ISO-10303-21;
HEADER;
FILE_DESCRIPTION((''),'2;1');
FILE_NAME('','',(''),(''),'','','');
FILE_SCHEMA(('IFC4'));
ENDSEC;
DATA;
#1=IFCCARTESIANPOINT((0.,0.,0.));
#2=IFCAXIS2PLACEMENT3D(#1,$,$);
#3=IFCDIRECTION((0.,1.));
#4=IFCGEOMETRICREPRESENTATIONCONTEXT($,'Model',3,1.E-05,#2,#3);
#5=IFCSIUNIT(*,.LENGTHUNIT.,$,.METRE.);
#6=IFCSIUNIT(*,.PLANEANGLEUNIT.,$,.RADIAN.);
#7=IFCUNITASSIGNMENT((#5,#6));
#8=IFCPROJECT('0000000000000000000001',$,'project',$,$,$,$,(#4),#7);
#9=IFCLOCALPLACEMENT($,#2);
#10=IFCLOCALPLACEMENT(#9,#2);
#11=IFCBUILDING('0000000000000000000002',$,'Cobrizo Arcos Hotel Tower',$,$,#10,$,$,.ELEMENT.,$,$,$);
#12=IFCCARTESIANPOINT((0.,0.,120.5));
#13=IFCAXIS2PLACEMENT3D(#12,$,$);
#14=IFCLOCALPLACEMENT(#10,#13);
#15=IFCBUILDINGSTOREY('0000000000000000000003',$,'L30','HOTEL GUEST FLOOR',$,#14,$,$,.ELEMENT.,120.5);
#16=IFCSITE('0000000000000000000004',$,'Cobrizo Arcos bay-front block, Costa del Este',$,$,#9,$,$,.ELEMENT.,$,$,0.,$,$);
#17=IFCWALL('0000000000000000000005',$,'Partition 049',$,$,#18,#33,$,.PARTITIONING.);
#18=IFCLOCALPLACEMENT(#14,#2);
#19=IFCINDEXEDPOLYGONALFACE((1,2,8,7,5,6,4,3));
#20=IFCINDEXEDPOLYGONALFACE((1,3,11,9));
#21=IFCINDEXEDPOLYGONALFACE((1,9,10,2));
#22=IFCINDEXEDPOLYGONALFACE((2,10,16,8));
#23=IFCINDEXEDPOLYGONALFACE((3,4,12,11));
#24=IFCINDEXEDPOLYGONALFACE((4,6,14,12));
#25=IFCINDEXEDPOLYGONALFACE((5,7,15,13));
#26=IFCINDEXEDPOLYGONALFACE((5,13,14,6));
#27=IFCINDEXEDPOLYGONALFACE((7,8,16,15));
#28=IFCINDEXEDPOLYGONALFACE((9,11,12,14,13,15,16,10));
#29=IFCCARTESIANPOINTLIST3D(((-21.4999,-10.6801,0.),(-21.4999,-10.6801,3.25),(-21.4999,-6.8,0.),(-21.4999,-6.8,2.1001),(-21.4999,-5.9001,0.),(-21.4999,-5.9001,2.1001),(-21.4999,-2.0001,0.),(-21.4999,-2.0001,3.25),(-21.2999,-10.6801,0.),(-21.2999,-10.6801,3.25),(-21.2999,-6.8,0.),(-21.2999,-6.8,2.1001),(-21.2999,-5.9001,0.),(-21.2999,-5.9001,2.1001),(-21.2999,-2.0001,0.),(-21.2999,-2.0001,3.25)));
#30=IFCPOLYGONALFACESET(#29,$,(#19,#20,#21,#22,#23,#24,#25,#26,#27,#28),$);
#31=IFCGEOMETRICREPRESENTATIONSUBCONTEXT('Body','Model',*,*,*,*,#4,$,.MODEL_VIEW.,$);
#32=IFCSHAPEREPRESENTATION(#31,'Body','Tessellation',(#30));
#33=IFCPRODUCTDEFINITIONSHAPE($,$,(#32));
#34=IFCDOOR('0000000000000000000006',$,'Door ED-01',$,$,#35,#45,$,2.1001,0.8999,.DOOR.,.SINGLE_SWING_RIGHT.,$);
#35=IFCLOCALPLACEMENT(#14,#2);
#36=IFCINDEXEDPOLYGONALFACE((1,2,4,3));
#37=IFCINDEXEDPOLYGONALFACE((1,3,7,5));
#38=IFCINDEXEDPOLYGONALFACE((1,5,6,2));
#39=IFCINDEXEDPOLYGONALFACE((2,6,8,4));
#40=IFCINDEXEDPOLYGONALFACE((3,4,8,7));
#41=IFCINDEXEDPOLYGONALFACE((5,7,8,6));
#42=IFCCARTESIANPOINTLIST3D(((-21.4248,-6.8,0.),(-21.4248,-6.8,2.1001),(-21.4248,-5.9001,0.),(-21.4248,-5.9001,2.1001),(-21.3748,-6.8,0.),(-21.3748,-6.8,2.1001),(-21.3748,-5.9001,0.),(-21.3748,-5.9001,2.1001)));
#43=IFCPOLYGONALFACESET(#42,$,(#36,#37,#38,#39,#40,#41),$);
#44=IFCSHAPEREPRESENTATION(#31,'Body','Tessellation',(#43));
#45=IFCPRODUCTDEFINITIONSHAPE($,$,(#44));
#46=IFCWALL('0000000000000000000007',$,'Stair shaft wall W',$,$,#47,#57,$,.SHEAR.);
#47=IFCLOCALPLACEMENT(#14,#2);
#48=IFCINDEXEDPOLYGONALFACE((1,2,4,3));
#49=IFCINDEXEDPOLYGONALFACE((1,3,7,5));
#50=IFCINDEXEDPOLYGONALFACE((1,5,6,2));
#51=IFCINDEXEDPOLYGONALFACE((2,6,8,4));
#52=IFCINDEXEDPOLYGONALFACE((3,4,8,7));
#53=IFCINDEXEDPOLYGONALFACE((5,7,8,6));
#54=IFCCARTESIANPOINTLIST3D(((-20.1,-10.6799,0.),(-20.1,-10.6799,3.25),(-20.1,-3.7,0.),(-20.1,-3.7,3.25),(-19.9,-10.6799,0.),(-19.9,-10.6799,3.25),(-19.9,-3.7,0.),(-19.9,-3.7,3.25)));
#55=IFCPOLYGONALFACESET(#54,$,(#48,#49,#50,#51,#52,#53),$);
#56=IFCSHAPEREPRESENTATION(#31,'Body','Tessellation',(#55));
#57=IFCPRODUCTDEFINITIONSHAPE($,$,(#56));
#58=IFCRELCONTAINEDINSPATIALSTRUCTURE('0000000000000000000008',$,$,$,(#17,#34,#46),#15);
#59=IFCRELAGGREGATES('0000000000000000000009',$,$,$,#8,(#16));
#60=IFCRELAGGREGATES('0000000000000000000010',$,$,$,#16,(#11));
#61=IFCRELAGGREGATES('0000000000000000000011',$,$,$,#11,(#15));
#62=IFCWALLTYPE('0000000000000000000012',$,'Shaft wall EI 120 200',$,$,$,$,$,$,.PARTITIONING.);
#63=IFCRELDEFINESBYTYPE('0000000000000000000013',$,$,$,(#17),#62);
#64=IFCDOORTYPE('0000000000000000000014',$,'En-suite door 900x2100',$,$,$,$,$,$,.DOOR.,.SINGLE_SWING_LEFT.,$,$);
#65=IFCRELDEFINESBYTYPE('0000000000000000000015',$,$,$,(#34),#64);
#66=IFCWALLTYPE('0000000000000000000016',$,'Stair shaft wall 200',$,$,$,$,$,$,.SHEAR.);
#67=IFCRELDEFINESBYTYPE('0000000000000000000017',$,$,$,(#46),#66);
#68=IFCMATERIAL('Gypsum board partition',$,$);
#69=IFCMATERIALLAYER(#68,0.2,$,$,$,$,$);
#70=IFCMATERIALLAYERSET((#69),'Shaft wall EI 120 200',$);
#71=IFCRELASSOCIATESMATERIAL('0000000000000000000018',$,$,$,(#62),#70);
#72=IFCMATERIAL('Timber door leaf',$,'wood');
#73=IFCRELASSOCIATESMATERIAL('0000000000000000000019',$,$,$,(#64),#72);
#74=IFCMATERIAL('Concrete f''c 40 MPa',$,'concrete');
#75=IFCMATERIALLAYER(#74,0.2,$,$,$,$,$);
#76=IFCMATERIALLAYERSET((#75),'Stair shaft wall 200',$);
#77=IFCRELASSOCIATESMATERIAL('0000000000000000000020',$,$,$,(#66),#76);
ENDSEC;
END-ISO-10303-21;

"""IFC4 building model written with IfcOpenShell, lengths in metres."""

from ifc_helpers import new_model, si_unit, direction, frame, frame_2d, origin, place, context, subcontext, project, spatial, rectangle, extrude, material, layer, layer_set, type_object, element, fill, save


model = new_model("IFC4")

# Units and contexts
model_context = context("Model", 3, precision=1e-05, world=origin(), true_north=direction((0.0, 1.0)))
body_context = subcontext(model_context, "Body", "Model", "MODEL_VIEW")
ifc_project = project(units=[si_unit("LENGTHUNIT", "METRE"), si_unit("PLANEANGLEUNIT", "RADIAN")], contexts=[model_context])

# Site, building, storey
site_placement = place(None, origin())
site = spatial("IfcSite", under=ifc_project, at=site_placement, Name="Cobrizo Arcos bay-front block, Costa del Este", CompositionType="ELEMENT", RefElevation=0.0)
building_placement = place(site_placement, origin())
building = spatial("IfcBuilding", under=site, at=building_placement, Name="Cobrizo Arcos Hotel Tower", CompositionType="ELEMENT")
storey_placement = place(building_placement, frame((0.0, 0.0, 120.5)))
storey = spatial("IfcBuildingStorey", under=building, at=storey_placement, Name="L30", Description="HOTEL GUEST FLOOR", CompositionType="ELEMENT", Elevation=120.5)

# Shared definitions
ifc_material_1 = material(Name="Gypsum board partition")

# Wall, opening, door
ifc_layer_1 = layer(ifc_material_1, 0.2)
ifc_layer_set_1 = layer_set([ifc_layer_1], Name="Shaft wall EI 120 200")
wall_type_1 = type_object("IfcWallType", Name="Shaft wall EI 120 200", PredefinedType="PARTITIONING", material=ifc_layer_set_1)
wall_1_placement = place(storey_placement, frame((-21.3999, -10.6799, 0.0), z_axis=(0.0, 0.0, 1.0), x_axis=(0.0, 1.0, 0.0)))
wall_1 = element("IfcWall", 1, at=wall_1_placement, inside=storey, type_object=wall_type_1, Name="Partition 049", PredefinedType="PARTITIONING", context=body_context, shape_type="SweptSolid", body=[
    extrude(rectangle(XDim=8.6799, YDim=0.2, at=frame_2d((4.3398, 0.0))), origin(), (0.0, 0.0, 1.0), 3.25),
])
opening_1_placement = place(wall_1_placement, frame((3.8799, 0.0, 0.0)))
opening_1 = element("IfcOpeningElement", 2, at=opening_1_placement, cuts=wall_1, PredefinedType="OPENING", context=body_context, shape_type="SweptSolid", body=[
    extrude(rectangle(XDim=0.8999, YDim=2.1001, at=frame_2d((0.45, 1.05))), frame((0.0, 0.1121, 0.0), z_axis=(0.0, -1.0, 0.0), x_axis=(1.0, 0.0, 0.0)), (0.0, 0.0, 1.0), 0.2239),
])
ifc_material_2 = material(Name="Timber door leaf", Category="wood")
door_type_1 = type_object("IfcDoorType", Name="En-suite door 900x2100", OperationType="SINGLE_SWING_LEFT", PredefinedType="DOOR", material=ifc_material_2)
door_1_placement = place(opening_1_placement, origin())
door_1 = element("IfcDoor", 3, at=door_1_placement, inside=storey, type_object=door_type_1, Name="Door ED-01", OperationType="SINGLE_SWING_RIGHT", OverallHeight=2.1001, OverallWidth=0.8999, PredefinedType="DOOR", context=body_context, shape_type="SweptSolid", body=[
    extrude(rectangle(XDim=0.8999, YDim=2.1001, at=frame_2d((0.45, 1.05))), frame((0.0, 0.0249, 0.0), z_axis=(0.0, -1.0, 0.0), x_axis=(1.0, 0.0, 0.0)), (0.0, 0.0, 1.0), 0.05),
])
fill(opening_1, door_1)

# Wall
ifc_material_3 = material(Name="Concrete f'c 40 MPa", Category="concrete")
ifc_layer_2 = layer(ifc_material_3, 0.2)
ifc_layer_set_2 = layer_set([ifc_layer_2], Name="Stair shaft wall 200")
wall_type_2 = type_object("IfcWallType", Name="Stair shaft wall 200", PredefinedType="SHEAR", material=ifc_layer_set_2)
wall_2_placement = place(storey_placement, frame((-20.0, -10.6799, 0.0), z_axis=(0.0, 0.0, 1.0), x_axis=(0.0, 1.0, 0.0)))
element("IfcWall", 4, at=wall_2_placement, inside=storey, type_object=wall_type_2, Name="Stair shaft wall W", PredefinedType="SHEAR", context=body_context, shape_type="SweptSolid", body=[
    extrude(rectangle(XDim=6.98, YDim=0.2, at=frame_2d((3.49, 0.0))), origin(), (0.0, 0.0, 1.0), 3.25),
])

save(model, "model.ifc")
